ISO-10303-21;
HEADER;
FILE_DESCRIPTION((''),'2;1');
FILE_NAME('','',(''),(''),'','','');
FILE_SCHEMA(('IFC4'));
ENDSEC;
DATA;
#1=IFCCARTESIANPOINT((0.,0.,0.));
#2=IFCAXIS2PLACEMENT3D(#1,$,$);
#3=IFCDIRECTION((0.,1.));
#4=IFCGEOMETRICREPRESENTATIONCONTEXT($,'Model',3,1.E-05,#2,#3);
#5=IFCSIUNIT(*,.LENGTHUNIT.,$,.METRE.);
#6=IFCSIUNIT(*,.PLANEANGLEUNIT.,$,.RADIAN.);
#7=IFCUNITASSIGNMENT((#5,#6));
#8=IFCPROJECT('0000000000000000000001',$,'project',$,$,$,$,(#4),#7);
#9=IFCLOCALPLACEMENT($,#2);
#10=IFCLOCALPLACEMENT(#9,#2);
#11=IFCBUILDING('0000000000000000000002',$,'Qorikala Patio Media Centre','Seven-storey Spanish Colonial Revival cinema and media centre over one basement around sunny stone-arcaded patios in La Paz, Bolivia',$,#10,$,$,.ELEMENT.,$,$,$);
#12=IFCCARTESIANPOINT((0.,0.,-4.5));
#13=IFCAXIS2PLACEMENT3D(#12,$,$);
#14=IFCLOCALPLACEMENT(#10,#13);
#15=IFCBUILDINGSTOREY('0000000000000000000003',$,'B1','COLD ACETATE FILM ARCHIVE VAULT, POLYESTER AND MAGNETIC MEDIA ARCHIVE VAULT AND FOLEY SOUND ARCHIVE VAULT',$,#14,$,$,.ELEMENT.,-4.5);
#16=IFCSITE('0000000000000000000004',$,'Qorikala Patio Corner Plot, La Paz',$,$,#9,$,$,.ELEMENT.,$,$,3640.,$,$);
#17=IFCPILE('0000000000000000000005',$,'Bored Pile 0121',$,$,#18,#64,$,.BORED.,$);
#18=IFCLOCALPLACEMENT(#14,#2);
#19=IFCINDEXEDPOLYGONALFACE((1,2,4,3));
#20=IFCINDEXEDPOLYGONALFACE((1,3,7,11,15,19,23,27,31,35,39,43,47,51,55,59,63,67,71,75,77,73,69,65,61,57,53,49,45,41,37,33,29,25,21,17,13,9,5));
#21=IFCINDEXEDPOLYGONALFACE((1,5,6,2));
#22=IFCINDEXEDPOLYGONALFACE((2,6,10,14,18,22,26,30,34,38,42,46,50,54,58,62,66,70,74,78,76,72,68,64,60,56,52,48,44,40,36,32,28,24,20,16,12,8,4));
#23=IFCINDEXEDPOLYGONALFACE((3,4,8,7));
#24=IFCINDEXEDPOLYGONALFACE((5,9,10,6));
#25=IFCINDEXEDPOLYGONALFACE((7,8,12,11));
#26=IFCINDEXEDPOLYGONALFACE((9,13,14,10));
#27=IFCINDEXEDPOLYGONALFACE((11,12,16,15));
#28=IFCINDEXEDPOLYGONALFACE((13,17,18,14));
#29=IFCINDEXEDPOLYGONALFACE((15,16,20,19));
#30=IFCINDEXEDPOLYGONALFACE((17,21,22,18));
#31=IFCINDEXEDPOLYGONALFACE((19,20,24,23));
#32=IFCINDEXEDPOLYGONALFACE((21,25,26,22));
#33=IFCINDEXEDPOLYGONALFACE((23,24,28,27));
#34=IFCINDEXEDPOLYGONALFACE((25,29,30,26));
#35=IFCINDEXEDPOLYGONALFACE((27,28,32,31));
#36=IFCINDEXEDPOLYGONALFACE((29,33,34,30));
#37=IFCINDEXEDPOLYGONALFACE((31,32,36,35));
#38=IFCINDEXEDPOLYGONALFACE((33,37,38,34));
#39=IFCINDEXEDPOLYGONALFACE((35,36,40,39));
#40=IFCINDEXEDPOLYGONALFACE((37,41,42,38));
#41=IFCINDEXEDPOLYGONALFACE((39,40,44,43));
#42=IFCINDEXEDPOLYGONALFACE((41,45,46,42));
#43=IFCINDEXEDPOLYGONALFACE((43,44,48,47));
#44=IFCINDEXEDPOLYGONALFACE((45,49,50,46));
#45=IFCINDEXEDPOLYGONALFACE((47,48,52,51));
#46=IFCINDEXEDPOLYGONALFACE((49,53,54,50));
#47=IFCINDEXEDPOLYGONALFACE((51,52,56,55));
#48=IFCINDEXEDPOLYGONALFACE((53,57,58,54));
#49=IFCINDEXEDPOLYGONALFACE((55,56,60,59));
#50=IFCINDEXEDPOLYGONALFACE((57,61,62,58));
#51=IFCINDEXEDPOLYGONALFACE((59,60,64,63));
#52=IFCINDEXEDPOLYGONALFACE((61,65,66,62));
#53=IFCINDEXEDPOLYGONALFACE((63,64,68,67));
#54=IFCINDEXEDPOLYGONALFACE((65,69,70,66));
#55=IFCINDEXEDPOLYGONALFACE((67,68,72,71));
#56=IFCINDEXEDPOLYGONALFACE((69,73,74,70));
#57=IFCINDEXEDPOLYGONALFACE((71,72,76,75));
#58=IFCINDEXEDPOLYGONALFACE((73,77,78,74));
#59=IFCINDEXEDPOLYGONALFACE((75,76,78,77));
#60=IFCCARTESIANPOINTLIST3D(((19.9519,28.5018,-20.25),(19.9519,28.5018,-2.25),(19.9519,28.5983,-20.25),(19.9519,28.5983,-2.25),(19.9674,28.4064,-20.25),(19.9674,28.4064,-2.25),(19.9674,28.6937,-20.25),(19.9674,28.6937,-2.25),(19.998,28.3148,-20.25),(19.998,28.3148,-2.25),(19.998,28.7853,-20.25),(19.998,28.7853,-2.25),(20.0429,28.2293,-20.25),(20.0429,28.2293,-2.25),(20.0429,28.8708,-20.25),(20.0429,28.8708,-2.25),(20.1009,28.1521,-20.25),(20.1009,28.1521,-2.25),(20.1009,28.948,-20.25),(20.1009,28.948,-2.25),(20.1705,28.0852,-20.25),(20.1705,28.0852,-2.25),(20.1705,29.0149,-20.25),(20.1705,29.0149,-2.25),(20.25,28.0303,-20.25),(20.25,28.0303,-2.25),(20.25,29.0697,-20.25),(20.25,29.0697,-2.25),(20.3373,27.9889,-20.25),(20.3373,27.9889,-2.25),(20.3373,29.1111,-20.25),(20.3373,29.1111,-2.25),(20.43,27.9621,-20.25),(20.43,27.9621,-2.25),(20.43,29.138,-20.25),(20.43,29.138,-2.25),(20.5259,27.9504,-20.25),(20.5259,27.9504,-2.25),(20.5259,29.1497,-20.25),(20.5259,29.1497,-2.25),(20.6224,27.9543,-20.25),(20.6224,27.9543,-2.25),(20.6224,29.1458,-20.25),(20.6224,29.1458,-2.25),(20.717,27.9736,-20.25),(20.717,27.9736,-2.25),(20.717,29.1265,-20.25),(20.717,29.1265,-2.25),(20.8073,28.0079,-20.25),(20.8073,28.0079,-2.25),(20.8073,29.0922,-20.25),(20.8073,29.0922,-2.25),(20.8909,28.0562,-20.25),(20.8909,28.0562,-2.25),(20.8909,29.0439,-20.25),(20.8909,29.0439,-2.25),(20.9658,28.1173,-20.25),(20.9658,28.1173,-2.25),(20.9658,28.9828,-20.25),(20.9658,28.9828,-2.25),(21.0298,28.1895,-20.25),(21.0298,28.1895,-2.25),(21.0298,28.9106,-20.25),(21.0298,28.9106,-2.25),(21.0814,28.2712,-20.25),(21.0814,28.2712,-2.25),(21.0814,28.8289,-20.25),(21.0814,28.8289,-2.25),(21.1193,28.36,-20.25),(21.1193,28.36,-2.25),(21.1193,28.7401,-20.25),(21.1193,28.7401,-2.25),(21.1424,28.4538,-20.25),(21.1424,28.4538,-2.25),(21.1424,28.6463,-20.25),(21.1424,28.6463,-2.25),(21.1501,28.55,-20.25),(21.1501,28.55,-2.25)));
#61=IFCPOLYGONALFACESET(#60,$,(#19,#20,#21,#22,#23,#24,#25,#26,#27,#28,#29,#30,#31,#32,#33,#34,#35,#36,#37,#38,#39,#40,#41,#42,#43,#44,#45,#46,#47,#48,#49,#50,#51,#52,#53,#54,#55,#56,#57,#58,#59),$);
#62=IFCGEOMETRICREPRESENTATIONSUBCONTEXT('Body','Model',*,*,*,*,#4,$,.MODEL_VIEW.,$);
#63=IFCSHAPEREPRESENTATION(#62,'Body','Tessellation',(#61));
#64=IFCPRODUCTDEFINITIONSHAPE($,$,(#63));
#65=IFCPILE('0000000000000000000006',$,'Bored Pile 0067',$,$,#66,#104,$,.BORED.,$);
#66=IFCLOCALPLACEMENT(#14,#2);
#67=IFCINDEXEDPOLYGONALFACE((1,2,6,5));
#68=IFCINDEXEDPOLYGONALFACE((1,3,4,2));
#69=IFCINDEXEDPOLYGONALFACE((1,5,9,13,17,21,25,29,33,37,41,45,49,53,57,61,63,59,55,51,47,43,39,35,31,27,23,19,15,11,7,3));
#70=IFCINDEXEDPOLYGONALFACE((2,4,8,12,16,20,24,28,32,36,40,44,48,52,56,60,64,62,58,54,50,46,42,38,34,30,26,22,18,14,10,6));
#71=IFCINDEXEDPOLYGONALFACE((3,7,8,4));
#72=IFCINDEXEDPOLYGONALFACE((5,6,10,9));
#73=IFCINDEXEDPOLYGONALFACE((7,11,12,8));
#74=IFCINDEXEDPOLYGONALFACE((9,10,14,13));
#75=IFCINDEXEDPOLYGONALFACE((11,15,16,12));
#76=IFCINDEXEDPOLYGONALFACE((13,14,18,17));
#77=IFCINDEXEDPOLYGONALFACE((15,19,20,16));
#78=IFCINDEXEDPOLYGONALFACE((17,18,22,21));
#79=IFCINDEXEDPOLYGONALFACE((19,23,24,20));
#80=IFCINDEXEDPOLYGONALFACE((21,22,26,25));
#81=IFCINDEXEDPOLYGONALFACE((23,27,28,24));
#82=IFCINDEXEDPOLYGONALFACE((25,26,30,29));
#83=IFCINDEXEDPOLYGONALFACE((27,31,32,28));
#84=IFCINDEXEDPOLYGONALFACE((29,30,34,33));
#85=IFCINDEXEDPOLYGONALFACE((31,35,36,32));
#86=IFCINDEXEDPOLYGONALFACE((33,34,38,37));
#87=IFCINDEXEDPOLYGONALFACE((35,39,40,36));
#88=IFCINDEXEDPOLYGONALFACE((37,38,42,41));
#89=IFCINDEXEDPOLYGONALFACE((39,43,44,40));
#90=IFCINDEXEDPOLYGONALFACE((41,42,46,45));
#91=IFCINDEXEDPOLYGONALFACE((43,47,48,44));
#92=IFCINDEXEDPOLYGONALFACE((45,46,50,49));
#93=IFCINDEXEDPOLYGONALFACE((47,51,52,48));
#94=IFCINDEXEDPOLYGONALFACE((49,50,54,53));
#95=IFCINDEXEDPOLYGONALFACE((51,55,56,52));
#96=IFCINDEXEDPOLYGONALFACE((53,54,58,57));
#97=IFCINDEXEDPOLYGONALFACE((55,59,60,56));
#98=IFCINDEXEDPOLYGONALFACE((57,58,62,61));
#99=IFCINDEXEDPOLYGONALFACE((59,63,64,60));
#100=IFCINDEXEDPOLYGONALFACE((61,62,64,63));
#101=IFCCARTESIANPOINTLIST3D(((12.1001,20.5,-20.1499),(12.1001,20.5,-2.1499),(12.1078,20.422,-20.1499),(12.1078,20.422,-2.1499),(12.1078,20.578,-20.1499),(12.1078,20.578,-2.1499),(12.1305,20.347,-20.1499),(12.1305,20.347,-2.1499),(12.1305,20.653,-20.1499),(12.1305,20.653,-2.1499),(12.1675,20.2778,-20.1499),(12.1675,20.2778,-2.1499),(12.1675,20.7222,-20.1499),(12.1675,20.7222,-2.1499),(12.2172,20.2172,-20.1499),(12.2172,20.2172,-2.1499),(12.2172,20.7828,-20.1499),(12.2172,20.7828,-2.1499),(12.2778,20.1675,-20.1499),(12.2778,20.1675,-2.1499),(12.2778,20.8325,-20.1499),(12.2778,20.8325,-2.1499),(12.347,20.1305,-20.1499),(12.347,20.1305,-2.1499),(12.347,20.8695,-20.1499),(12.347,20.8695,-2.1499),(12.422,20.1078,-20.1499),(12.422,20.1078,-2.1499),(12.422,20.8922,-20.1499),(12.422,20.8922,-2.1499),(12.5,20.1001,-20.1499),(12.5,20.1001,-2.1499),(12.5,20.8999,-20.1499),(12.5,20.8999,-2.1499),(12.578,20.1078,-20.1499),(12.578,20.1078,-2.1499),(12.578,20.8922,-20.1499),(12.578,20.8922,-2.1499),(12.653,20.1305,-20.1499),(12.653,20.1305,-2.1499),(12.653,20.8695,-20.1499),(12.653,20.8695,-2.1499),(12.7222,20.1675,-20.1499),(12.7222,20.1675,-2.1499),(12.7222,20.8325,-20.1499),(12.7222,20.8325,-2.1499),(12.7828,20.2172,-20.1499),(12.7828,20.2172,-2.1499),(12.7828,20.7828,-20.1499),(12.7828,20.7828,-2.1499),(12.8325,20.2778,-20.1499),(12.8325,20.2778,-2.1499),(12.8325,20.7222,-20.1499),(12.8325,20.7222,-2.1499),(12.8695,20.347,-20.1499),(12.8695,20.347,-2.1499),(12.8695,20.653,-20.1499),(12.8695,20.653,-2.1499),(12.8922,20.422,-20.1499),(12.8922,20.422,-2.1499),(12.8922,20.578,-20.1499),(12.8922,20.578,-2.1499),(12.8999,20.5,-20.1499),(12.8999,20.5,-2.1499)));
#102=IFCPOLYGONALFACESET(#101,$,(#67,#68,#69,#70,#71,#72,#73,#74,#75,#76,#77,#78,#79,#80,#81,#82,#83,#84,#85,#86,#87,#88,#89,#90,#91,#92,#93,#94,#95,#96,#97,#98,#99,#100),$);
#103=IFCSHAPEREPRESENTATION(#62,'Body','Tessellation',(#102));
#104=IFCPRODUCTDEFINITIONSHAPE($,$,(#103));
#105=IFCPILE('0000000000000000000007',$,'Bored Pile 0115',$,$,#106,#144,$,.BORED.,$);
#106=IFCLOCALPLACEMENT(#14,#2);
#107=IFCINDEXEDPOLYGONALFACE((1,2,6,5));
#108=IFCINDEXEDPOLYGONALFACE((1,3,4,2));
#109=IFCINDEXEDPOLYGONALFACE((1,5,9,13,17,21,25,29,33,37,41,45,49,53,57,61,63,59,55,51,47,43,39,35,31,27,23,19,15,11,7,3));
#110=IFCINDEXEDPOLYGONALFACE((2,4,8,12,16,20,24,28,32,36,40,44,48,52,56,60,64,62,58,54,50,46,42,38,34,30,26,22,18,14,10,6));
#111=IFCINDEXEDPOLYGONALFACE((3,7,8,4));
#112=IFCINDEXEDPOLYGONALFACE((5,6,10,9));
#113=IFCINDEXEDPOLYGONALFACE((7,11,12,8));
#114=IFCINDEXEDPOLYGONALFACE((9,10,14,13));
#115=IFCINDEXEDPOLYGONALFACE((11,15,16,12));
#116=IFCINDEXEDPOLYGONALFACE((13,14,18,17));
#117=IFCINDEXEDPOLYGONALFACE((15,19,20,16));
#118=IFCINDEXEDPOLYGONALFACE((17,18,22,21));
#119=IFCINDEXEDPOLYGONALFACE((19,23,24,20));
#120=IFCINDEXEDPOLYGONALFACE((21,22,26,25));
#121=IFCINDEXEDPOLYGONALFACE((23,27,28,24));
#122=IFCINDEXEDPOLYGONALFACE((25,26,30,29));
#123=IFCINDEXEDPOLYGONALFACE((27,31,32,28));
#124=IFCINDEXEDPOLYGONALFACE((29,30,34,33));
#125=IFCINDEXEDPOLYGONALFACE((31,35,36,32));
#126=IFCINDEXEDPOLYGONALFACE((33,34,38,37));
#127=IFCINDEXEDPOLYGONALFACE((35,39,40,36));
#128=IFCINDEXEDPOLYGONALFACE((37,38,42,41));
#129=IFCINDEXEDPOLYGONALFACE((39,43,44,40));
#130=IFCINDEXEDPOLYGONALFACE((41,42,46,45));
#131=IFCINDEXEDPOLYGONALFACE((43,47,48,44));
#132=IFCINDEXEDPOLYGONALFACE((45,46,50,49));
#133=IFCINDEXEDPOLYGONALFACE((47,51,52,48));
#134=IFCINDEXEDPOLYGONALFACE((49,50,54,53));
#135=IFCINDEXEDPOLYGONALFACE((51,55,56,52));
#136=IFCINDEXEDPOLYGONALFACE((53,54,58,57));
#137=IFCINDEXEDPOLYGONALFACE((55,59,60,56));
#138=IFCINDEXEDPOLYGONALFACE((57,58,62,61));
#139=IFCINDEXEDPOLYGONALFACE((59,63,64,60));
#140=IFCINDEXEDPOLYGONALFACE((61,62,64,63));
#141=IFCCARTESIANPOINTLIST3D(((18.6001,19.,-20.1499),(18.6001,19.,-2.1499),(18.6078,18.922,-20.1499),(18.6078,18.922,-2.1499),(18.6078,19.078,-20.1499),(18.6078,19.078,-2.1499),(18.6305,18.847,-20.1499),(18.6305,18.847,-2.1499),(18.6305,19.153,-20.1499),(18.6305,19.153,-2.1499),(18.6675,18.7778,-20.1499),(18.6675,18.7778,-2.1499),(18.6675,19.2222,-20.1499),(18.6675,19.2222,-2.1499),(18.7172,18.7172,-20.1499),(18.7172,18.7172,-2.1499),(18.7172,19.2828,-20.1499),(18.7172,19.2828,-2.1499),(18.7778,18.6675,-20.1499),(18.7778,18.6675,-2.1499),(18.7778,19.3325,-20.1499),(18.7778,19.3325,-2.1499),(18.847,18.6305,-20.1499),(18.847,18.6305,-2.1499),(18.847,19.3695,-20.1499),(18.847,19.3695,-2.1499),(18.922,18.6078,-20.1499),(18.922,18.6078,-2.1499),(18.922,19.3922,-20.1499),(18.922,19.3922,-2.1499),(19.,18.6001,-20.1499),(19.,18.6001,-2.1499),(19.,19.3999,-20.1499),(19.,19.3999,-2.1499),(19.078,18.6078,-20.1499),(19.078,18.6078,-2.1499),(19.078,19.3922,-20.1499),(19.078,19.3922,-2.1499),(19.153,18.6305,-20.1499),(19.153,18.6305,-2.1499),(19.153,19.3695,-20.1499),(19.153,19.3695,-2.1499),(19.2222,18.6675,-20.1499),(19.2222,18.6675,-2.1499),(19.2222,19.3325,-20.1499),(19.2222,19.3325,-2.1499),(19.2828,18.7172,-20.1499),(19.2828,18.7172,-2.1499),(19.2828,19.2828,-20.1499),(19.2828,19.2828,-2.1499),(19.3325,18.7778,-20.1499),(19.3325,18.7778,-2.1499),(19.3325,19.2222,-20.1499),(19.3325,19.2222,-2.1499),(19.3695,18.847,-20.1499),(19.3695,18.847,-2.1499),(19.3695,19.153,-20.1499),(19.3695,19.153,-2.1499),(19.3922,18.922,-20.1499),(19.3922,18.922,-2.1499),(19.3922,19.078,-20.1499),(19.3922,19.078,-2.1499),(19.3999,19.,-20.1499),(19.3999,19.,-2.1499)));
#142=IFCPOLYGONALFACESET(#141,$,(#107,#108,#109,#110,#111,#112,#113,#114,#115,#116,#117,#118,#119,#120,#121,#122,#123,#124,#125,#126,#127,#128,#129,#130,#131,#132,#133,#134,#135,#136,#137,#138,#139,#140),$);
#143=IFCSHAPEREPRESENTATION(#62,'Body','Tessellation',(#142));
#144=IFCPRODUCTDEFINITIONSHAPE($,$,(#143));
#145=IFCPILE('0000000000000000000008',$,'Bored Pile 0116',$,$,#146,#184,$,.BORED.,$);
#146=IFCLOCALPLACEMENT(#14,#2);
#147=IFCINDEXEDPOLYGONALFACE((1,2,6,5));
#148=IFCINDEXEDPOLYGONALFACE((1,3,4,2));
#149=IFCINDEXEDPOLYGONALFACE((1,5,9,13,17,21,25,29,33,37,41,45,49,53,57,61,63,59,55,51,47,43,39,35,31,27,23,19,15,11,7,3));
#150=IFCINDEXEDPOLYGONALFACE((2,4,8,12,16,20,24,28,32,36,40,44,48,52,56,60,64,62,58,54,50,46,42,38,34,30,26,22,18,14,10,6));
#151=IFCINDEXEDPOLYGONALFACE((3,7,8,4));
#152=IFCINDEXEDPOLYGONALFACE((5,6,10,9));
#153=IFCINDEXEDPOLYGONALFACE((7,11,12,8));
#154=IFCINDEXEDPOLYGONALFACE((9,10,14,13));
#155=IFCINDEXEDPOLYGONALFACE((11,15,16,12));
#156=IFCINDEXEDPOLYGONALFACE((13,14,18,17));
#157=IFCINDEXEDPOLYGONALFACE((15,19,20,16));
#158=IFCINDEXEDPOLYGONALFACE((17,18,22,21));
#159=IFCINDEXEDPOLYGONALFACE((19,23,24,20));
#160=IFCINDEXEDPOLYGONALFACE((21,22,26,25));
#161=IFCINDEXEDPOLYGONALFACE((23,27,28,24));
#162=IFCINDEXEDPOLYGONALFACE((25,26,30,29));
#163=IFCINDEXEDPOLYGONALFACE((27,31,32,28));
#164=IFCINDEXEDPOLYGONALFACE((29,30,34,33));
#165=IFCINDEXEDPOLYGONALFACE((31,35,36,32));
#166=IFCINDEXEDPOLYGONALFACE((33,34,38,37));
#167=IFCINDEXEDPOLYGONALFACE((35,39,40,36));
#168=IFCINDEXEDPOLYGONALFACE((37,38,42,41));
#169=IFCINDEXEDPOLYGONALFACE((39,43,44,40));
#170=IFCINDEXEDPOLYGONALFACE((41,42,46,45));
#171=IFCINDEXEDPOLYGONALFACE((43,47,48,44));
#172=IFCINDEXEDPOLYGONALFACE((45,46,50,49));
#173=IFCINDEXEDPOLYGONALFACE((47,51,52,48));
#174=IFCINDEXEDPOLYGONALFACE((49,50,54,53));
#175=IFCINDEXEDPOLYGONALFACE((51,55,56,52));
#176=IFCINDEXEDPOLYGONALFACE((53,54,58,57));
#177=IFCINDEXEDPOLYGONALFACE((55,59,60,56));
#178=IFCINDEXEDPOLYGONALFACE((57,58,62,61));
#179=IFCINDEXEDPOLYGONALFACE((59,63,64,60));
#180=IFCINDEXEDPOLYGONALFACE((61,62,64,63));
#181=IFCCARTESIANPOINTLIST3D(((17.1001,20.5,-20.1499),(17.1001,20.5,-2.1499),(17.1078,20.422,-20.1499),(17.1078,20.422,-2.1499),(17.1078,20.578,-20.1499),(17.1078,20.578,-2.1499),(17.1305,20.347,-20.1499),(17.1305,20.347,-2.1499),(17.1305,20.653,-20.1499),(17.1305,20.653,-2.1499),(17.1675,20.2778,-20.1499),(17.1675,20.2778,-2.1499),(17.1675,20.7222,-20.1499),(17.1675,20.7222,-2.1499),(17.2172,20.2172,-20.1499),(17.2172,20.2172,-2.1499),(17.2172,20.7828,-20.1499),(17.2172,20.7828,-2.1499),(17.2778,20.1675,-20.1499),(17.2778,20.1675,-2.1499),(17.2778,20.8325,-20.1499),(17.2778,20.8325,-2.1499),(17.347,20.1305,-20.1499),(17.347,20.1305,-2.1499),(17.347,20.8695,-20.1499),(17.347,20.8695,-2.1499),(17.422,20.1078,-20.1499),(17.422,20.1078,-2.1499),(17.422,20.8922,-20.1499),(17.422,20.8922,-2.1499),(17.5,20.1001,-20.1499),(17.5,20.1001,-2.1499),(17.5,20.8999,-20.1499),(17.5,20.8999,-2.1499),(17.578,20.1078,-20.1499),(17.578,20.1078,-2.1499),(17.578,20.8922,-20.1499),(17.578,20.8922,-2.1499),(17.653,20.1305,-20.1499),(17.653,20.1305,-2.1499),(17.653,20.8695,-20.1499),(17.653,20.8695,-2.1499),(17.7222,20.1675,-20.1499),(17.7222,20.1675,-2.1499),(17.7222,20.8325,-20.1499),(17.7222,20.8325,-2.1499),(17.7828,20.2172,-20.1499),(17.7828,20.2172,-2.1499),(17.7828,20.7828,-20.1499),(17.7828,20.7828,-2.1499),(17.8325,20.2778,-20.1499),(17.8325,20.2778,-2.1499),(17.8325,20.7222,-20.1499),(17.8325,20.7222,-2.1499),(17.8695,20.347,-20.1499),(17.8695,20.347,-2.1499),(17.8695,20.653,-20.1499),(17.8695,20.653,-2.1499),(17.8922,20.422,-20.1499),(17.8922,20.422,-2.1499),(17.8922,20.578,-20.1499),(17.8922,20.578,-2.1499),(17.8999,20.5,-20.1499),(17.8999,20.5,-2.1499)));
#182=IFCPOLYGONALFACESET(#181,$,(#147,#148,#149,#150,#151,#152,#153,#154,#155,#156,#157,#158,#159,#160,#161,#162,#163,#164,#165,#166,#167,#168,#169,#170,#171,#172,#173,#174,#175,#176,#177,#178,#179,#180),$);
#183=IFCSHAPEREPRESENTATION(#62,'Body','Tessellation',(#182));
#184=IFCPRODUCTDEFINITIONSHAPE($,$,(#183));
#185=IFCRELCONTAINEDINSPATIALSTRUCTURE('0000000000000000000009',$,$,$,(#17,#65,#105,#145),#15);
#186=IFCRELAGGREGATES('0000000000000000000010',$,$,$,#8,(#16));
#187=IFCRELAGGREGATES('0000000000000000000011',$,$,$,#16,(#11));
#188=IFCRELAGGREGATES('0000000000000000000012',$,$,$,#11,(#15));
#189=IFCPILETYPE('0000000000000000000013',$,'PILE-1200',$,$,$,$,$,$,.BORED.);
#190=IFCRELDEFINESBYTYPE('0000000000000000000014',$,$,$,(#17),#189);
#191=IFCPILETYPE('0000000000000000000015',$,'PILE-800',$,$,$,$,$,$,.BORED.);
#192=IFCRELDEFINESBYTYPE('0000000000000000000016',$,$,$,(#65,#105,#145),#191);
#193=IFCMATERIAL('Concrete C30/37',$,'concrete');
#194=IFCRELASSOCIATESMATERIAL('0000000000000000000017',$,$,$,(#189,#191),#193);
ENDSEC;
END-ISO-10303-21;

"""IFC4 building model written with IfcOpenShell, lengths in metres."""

from ifc_helpers import new_model, si_unit, direction, frame, origin, origin_2d, place, context, subcontext, project, spatial, circle, extrude, material, material_profile, profile_set, type_object, element, save


model = new_model("IFC4")

# Units and contexts
model_context = context("Model", 3, precision=1e-05, world=origin(), true_north=direction((0.0, 1.0)))
body_context = subcontext(model_context, "Body", "Model", "MODEL_VIEW")
ifc_project = project(units=[si_unit("LENGTHUNIT", "METRE"), si_unit("PLANEANGLEUNIT", "RADIAN")], contexts=[model_context])

# Site, building, storey
site_placement = place(None, origin())
site = spatial("IfcSite", under=ifc_project, at=site_placement, Name="Qorikala Patio Corner Plot, La Paz", CompositionType="ELEMENT", RefElevation=3640.0)
building_placement = place(site_placement, origin())
building = spatial("IfcBuilding", under=site, at=building_placement, Name="Qorikala Patio Media Centre", Description="Seven-storey Spanish Colonial Revival cinema and media centre over one basement around sunny stone-arcaded patios in La Paz, Bolivia", CompositionType="ELEMENT")
storey_placement = place(building_placement, frame((0.0, 0.0, -4.5)))
storey = spatial("IfcBuildingStorey", under=building, at=storey_placement, Name="B1", Description="COLD ACETATE FILM ARCHIVE VAULT, POLYESTER AND MAGNETIC MEDIA ARCHIVE VAULT AND FOLEY SOUND ARCHIVE VAULT", CompositionType="ELEMENT", Elevation=-4.5)

# Shared definitions
ifc_material_1 = material(Name="Concrete C30/37", Category="concrete")

# Piles
ifc_material_profile_1 = material_profile(ifc_material_1, circle(Radius=0.6001, at=origin_2d()), Name="BORED PILE 1200")
ifc_profile_set_1 = profile_set([ifc_material_profile_1], Name="Concrete C30/37")
pile_type_1 = type_object("IfcPileType", Name="PILE-1200", PredefinedType="BORED", material=ifc_profile_set_1)
for number, where, z_axis, x_axis, name in (
    (1, (20.55, 28.55, -2.25), (0.0, 0.0, -1.0), (1.0, 0.0, 0.0), "Bored Pile 0121"),
):
    element("IfcPile", number, at=place(storey_placement, frame(where, z_axis=z_axis, x_axis=x_axis)), inside=storey, type_object=pile_type_1, Name=name, PredefinedType="BORED", context=body_context, shape_type="SweptSolid", body=[
        extrude(circle(Radius=0.6001, at=origin_2d()), origin(), (0.0, 0.0, 1.0), 18.0),
    ])
ifc_material_profile_2 = material_profile(ifc_material_1, circle(Radius=0.3999, at=origin_2d()), Name="BORED PILE 800")
ifc_profile_set_2 = profile_set([ifc_material_profile_2], Name="Concrete C30/37")
pile_type_2 = type_object("IfcPileType", Name="PILE-800", PredefinedType="BORED", material=ifc_profile_set_2)
for number, where, z_axis, x_axis, name in (
    (2, (12.5, 20.5, -2.1499), (0.0, 0.0, -1.0), (1.0, 0.0, 0.0), "Bored Pile 0067"),
    (3, (19.0, 19.0, -2.1499), (0.0, 0.0, -1.0), (1.0, 0.0, 0.0), "Bored Pile 0115"),
    (4, (17.5, 20.5, -2.1499), (0.0, 0.0, -1.0), (1.0, 0.0, 0.0), "Bored Pile 0116"),
):
    element("IfcPile", number, at=place(storey_placement, frame(where, z_axis=z_axis, x_axis=x_axis)), inside=storey, type_object=pile_type_2, Name=name, PredefinedType="BORED", context=body_context, shape_type="SweptSolid", body=[
        extrude(circle(Radius=0.3999, at=origin_2d()), origin(), (0.0, 0.0, 1.0), 18.0),
    ])

save(model, "model.ifc")
